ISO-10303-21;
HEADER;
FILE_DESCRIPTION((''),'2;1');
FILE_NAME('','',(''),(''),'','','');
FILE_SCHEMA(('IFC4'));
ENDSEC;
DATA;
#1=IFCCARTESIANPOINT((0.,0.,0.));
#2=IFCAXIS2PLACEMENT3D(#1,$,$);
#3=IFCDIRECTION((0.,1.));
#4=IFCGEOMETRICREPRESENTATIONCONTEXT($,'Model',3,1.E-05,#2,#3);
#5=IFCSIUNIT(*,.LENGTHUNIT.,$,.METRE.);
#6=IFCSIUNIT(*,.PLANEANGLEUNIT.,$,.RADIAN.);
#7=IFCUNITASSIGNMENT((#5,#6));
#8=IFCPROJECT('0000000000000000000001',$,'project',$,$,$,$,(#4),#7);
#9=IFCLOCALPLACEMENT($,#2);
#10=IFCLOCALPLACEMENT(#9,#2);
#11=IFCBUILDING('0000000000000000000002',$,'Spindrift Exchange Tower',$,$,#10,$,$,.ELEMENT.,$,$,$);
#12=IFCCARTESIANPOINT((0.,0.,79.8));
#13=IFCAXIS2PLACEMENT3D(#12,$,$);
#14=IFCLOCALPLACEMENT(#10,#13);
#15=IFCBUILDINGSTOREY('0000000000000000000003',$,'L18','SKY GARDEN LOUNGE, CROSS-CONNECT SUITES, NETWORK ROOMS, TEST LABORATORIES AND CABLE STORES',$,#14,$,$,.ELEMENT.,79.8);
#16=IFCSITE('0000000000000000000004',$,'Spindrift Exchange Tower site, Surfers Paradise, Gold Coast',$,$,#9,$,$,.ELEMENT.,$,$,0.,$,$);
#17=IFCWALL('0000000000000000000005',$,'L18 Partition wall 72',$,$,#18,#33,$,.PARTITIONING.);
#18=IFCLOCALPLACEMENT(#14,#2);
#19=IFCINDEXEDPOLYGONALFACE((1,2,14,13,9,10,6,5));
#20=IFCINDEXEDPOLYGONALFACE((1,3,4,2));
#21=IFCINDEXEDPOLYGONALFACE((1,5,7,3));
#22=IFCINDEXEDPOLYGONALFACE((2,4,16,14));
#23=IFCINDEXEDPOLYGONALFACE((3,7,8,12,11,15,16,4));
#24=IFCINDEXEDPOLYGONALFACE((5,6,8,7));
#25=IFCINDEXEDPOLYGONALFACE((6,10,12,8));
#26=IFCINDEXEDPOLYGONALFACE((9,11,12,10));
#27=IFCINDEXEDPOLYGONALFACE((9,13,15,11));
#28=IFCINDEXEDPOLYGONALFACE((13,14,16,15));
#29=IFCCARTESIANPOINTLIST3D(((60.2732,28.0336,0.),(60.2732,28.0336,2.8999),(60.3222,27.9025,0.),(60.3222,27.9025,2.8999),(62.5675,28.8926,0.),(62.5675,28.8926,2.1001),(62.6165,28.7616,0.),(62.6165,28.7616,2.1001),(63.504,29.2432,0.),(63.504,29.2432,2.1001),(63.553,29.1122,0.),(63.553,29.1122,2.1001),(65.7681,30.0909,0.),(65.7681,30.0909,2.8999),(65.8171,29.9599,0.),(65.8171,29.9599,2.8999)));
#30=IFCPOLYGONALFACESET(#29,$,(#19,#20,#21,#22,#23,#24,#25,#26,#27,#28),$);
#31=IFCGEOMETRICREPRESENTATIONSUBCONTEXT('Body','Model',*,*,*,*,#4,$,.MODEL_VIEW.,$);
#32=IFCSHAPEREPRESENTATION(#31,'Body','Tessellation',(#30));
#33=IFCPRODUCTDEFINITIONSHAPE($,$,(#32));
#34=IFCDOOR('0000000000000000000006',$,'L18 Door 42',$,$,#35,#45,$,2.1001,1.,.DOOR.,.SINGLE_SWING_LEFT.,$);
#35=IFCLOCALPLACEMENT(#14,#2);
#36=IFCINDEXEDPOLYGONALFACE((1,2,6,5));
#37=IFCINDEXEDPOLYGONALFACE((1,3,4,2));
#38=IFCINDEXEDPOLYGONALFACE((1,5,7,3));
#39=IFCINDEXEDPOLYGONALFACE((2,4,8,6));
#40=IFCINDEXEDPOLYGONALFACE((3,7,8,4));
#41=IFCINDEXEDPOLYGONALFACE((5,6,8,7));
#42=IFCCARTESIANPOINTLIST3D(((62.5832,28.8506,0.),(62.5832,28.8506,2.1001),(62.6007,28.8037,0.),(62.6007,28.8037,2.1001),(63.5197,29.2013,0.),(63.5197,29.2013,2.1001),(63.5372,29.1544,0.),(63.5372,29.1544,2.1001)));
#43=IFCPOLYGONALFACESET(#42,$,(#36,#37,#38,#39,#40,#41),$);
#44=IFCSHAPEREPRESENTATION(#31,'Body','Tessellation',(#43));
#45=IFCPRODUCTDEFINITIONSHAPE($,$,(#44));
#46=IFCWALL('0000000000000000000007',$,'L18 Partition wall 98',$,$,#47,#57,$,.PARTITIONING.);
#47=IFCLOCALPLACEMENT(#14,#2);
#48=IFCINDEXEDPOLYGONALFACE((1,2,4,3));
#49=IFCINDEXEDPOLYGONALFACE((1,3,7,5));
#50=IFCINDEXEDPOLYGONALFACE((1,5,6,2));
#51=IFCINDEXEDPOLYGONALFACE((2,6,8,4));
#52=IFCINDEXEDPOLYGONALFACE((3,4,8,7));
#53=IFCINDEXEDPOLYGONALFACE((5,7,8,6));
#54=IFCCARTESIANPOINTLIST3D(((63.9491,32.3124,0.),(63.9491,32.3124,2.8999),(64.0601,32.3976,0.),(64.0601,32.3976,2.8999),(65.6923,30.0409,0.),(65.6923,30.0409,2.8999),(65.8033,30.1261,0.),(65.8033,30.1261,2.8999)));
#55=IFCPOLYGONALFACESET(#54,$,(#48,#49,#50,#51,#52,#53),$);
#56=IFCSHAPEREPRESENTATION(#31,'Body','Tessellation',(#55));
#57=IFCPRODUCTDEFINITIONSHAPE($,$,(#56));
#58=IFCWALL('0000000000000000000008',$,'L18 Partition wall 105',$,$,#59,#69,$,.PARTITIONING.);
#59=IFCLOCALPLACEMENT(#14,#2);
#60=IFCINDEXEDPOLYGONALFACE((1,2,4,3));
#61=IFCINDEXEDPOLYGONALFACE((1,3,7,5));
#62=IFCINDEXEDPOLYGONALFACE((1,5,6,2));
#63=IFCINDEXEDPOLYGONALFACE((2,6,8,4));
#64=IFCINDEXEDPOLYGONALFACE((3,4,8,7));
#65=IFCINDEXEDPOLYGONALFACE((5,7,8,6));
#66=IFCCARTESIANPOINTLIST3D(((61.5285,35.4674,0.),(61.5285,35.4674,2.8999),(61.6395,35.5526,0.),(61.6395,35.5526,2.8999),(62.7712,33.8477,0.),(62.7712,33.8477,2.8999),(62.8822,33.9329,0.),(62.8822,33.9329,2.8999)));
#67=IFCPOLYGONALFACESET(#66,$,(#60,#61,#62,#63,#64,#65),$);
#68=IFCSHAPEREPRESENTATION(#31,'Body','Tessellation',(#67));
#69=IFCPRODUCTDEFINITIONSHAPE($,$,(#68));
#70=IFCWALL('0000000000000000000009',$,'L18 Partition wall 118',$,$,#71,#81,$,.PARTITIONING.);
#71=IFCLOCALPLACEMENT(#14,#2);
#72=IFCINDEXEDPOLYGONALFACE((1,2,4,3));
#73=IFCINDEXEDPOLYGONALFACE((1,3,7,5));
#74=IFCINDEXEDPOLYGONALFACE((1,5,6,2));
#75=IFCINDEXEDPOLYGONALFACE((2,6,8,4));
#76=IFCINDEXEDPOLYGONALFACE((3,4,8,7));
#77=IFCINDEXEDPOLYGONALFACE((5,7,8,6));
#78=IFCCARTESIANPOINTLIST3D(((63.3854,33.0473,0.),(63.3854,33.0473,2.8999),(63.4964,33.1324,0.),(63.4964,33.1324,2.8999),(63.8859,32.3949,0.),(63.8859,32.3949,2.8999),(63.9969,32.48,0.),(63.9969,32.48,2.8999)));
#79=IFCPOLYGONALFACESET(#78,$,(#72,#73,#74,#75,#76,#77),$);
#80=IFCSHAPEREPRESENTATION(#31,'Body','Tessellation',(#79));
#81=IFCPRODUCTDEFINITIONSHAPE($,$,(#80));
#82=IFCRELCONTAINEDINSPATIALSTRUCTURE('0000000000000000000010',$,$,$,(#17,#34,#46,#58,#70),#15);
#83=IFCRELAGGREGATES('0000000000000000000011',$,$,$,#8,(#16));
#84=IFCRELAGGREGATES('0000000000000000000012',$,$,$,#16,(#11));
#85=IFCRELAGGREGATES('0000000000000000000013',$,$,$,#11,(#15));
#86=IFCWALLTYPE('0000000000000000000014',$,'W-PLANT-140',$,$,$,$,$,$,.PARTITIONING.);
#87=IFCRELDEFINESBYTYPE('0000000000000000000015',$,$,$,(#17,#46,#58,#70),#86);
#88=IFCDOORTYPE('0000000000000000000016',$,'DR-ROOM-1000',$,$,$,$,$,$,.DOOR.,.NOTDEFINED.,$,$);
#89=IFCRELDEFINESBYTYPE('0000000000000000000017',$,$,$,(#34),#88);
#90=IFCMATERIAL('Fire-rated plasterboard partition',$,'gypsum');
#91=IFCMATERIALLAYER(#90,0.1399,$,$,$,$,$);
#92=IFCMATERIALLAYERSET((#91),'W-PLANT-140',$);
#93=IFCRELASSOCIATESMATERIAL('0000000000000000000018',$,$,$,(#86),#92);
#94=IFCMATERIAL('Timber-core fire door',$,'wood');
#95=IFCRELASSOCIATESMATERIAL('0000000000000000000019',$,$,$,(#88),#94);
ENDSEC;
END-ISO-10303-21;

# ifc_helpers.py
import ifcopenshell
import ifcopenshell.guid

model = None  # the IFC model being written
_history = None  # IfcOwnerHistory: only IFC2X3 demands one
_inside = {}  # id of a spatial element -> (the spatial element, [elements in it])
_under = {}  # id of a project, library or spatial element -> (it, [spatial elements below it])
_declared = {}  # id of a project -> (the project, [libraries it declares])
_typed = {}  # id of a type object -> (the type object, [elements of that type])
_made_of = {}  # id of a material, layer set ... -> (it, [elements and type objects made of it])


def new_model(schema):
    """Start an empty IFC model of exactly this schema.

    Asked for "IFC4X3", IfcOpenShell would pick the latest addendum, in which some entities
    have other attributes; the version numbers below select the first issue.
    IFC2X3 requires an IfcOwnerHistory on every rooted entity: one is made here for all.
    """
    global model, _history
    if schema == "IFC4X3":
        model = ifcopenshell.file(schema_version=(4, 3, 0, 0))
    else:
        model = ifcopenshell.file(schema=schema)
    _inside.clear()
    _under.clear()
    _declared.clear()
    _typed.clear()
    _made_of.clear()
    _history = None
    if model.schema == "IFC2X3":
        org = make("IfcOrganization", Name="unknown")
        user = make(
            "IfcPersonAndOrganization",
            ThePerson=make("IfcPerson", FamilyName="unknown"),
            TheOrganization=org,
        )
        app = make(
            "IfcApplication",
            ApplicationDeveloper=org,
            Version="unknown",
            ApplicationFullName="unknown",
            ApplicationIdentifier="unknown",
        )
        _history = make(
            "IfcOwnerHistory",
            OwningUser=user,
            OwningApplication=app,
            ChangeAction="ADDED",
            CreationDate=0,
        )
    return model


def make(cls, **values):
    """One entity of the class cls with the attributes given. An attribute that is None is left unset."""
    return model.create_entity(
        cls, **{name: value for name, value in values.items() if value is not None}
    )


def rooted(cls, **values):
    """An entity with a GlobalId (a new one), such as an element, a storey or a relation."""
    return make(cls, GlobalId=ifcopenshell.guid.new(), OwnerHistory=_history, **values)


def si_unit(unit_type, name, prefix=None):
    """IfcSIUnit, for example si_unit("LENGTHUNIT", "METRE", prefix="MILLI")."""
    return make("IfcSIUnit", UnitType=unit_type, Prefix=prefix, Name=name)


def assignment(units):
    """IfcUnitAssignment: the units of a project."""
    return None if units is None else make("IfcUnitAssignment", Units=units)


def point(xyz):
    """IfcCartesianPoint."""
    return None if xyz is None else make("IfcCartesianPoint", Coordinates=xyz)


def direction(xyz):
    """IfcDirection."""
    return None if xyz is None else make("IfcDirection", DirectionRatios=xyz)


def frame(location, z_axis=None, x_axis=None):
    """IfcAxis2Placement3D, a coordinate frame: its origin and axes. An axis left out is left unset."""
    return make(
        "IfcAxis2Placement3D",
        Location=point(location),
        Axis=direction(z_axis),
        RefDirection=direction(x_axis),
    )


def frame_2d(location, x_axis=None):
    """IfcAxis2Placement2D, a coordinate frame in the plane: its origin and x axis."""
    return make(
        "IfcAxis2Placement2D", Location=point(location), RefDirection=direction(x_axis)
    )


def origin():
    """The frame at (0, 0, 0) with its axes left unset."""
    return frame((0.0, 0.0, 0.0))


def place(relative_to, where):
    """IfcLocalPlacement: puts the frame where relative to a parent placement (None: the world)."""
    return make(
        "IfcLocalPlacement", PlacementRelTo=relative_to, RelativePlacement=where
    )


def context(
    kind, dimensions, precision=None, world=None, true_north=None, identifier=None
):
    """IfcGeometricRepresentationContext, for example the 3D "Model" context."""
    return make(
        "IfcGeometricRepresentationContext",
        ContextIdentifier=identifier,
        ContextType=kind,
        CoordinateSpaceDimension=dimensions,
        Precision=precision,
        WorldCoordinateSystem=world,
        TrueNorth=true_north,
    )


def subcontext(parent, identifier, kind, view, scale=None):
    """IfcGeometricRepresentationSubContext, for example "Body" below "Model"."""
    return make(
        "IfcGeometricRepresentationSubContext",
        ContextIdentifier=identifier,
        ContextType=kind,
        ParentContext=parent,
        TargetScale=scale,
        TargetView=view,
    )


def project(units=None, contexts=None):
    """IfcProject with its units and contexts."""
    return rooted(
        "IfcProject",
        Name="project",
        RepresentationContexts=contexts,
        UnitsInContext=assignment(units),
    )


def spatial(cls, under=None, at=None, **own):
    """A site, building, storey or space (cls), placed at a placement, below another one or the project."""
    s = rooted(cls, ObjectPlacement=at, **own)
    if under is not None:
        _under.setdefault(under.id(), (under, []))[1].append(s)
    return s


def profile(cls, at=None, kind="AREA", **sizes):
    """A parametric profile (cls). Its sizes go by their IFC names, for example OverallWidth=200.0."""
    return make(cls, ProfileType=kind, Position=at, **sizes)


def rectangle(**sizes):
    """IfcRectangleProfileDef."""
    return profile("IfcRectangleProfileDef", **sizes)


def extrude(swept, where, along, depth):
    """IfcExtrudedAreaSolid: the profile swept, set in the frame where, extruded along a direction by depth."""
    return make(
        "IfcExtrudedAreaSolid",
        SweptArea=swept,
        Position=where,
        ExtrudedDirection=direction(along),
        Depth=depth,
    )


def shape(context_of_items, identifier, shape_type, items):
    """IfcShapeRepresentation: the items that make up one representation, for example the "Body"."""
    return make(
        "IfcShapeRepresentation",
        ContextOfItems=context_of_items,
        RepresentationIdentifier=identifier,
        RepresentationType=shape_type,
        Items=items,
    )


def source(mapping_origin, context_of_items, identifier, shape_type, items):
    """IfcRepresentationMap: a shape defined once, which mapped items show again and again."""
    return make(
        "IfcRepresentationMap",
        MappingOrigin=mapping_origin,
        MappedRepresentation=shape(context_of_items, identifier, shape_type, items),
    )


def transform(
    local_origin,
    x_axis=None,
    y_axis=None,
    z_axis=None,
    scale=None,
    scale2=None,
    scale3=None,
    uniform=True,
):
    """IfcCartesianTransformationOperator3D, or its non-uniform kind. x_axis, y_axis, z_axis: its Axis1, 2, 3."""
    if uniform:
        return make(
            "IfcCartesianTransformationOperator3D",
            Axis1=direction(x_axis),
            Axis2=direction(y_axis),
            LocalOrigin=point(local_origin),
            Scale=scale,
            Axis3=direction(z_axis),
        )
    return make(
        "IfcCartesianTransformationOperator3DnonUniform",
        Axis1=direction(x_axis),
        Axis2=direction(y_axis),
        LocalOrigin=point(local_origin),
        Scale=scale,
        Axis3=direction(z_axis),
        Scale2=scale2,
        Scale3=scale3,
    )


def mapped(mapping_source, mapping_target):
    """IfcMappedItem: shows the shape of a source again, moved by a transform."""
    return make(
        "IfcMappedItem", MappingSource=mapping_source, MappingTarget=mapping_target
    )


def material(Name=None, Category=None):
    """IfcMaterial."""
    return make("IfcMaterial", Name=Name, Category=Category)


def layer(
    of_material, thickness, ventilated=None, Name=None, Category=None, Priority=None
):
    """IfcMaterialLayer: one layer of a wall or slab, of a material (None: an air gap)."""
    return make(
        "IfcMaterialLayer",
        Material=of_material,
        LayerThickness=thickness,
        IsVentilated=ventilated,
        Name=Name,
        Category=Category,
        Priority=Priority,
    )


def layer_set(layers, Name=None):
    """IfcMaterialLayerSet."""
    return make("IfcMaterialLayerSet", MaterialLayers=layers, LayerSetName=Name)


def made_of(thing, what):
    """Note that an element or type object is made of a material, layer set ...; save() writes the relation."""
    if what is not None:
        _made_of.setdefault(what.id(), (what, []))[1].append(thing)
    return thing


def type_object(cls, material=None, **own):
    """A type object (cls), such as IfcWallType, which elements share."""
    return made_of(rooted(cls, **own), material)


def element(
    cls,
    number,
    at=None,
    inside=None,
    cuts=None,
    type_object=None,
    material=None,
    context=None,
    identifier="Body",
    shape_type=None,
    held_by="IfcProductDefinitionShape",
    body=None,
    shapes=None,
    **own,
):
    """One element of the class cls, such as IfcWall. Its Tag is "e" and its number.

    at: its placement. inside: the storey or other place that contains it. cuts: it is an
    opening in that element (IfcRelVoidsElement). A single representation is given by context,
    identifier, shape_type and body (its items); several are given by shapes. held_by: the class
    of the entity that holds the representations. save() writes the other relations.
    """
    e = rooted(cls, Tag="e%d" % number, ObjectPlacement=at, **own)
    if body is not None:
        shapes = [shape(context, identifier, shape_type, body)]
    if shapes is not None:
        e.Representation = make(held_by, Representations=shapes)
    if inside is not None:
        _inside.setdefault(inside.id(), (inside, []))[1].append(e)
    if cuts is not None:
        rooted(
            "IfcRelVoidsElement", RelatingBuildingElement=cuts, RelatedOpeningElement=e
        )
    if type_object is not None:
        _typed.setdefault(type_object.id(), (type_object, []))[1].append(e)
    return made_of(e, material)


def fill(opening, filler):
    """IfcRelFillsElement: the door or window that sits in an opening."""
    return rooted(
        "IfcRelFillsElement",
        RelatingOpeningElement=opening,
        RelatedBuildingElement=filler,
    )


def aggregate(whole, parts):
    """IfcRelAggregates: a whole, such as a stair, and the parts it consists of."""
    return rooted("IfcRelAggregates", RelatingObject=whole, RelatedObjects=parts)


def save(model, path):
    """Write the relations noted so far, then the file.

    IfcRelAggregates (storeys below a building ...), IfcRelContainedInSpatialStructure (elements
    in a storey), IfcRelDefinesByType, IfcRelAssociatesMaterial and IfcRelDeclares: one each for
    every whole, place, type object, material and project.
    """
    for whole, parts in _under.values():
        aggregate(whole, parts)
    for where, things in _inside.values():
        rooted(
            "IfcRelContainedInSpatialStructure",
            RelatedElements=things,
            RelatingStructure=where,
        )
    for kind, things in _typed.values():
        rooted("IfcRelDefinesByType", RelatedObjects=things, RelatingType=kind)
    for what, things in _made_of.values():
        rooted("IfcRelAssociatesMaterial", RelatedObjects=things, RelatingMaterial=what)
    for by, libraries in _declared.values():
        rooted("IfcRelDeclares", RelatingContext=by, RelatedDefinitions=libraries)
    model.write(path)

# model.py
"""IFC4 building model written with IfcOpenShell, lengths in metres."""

from ifc_helpers import new_model, si_unit, direction, frame, frame_2d, origin, place, context, subcontext, project, spatial, rectangle, extrude, source, transform, mapped, material, layer, layer_set, type_object, element, fill, save


model = new_model("IFC4")

# Units and contexts
model_context = context("Model", 3, precision=1e-05, world=origin(), true_north=direction((0.0, 1.0)))
body_context = subcontext(model_context, "Body", "Model", "MODEL_VIEW")
ifc_project = project(units=[si_unit("LENGTHUNIT", "METRE"), si_unit("PLANEANGLEUNIT", "RADIAN")], contexts=[model_context])

# Site, building, storey
site_placement = place(None, origin())
site = spatial("IfcSite", under=ifc_project, at=site_placement, Name="Spindrift Exchange Tower site, Surfers Paradise, Gold Coast", CompositionType="ELEMENT", RefElevation=0.0)
building_placement = place(site_placement, origin())
building = spatial("IfcBuilding", under=site, at=building_placement, Name="Spindrift Exchange Tower", CompositionType="ELEMENT")
storey_placement = place(building_placement, frame((0.0, 0.0, 79.8)))
storey = spatial("IfcBuildingStorey", under=building, at=storey_placement, Name="L18", Description="SKY GARDEN LOUNGE, CROSS-CONNECT SUITES, NETWORK ROOMS, TEST LABORATORIES AND CABLE STORES", CompositionType="ELEMENT", Elevation=79.8)

# Shared definitions
ifc_material_1 = material(Name="Timber-core fire door", Category="wood")

# Shared definitions
ifc_material_2 = material(Name="Fire-rated plasterboard partition", Category="gypsum")

# Wall, opening, door
ifc_layer_1 = layer(ifc_material_2, 0.1399)
ifc_layer_set_1 = layer_set([ifc_layer_1], Name="W-PLANT-140")
wall_type_1 = type_object("IfcWallType", Name="W-PLANT-140", PredefinedType="PARTITIONING", material=ifc_layer_set_1)
wall_1_placement = place(storey_placement, frame((65.7925, 30.0254, 0.0), z_axis=(0.0, 0.0, 1.0), x_axis=(-0.936509, -0.350645, 0.0)))
wall_1 = element("IfcWall", 1, at=wall_1_placement, inside=storey, type_object=wall_type_1, Name="L18 Partition wall 72", PredefinedType="PARTITIONING", context=body_context, shape_type="SweptSolid", body=[
    extrude(rectangle(XDim=5.8674, YDim=0.1399, at=frame_2d((2.9336, 0.0))), origin(), (0.0, 0.0, 1.0), 2.8999),
])
opening_1_placement = place(wall_1_placement, frame((2.4175, 0.0, 0.0)))
opening_1 = element("IfcOpeningElement", 2, at=opening_1_placement, cuts=wall_1, PredefinedType="OPENING", context=body_context, shape_type="SweptSolid", body=[
    extrude(rectangle(XDim=1.0, YDim=2.1001, at=frame_2d((0.5, 1.05))), frame((0.0, 0.0798, 0.0), z_axis=(0.0, -1.0, 0.0), x_axis=(1.0, 0.0, 0.0)), (0.0, 0.0, 1.0), 0.1599),
])
door_type_1 = type_object("IfcDoorType", Name="DR-ROOM-1000", OperationType="NOTDEFINED", PredefinedType="DOOR", material=ifc_material_1)
shared_shape_1 = source(origin(), body_context, "Body", "SweptSolid", [
    extrude(rectangle(XDim=1.0, YDim=2.1001, at=frame_2d((0.5, 1.05))), frame((0.0, 0.0249, 0.0), z_axis=(0.0, -1.0, 0.0), x_axis=(1.0, 0.0, 0.0)), (0.0, 0.0, 1.0), 0.05),
])
door_1_placement = place(opening_1_placement, origin())
door_1 = element("IfcDoor", 3, at=door_1_placement, inside=storey, type_object=door_type_1, Name="L18 Door 42", OperationType="SINGLE_SWING_LEFT", OverallHeight=2.1001, OverallWidth=1.0, PredefinedType="DOOR", context=body_context, shape_type="MappedRepresentation", body=[
    mapped(shared_shape_1, transform((0.0, 0.0, 0.0), scale=1.0)),
])
fill(opening_1, door_1)

# Walls
wall_2_placement = place(storey_placement, frame((64.0046, 32.355, 0.0), z_axis=(0.0, 0.0, 1.0), x_axis=(0.608804, -0.793321, 0.0)))
element("IfcWall", 4, at=wall_2_placement, inside=storey, type_object=wall_type_1, Name="L18 Partition wall 98", PredefinedType="PARTITIONING", context=body_context, shape_type="SweptSolid", body=[
    extrude(rectangle(XDim=2.8633, YDim=0.1399, at=frame_2d((1.4316, 0.0))), origin(), (0.0, 0.0, 1.0), 2.8999),
])
wall_3_placement = place(storey_placement, frame((61.584, 35.51, 0.0), z_axis=(0.0, 0.0, 1.0), x_axis=(0.608728, -0.793379, 0.0)))
element("IfcWall", 5, at=wall_3_placement, inside=storey, type_object=wall_type_1, Name="L18 Partition wall 105", PredefinedType="PARTITIONING", context=body_context, shape_type="SweptSolid", body=[
    extrude(rectangle(XDim=2.0415, YDim=0.1399, at=frame_2d((1.0208, 0.0))), origin(), (0.0, 0.0, 1.0), 2.8999),
])
wall_4_placement = place(storey_placement, frame((63.4409, 33.0898, 0.0), z_axis=(0.0, 0.0, 1.0), x_axis=(0.608706, -0.793396, 0.0)))
element("IfcWall", 6, at=wall_4_placement, inside=storey, type_object=wall_type_1, Name="L18 Partition wall 118", PredefinedType="PARTITIONING", context=body_context, shape_type="SweptSolid", body=[
    extrude(rectangle(XDim=0.8223, YDim=0.1399, at=frame_2d((0.4111, 0.0))), origin(), (0.0, 0.0, 1.0), 2.8999),
])

save(model, "model.ifc")
